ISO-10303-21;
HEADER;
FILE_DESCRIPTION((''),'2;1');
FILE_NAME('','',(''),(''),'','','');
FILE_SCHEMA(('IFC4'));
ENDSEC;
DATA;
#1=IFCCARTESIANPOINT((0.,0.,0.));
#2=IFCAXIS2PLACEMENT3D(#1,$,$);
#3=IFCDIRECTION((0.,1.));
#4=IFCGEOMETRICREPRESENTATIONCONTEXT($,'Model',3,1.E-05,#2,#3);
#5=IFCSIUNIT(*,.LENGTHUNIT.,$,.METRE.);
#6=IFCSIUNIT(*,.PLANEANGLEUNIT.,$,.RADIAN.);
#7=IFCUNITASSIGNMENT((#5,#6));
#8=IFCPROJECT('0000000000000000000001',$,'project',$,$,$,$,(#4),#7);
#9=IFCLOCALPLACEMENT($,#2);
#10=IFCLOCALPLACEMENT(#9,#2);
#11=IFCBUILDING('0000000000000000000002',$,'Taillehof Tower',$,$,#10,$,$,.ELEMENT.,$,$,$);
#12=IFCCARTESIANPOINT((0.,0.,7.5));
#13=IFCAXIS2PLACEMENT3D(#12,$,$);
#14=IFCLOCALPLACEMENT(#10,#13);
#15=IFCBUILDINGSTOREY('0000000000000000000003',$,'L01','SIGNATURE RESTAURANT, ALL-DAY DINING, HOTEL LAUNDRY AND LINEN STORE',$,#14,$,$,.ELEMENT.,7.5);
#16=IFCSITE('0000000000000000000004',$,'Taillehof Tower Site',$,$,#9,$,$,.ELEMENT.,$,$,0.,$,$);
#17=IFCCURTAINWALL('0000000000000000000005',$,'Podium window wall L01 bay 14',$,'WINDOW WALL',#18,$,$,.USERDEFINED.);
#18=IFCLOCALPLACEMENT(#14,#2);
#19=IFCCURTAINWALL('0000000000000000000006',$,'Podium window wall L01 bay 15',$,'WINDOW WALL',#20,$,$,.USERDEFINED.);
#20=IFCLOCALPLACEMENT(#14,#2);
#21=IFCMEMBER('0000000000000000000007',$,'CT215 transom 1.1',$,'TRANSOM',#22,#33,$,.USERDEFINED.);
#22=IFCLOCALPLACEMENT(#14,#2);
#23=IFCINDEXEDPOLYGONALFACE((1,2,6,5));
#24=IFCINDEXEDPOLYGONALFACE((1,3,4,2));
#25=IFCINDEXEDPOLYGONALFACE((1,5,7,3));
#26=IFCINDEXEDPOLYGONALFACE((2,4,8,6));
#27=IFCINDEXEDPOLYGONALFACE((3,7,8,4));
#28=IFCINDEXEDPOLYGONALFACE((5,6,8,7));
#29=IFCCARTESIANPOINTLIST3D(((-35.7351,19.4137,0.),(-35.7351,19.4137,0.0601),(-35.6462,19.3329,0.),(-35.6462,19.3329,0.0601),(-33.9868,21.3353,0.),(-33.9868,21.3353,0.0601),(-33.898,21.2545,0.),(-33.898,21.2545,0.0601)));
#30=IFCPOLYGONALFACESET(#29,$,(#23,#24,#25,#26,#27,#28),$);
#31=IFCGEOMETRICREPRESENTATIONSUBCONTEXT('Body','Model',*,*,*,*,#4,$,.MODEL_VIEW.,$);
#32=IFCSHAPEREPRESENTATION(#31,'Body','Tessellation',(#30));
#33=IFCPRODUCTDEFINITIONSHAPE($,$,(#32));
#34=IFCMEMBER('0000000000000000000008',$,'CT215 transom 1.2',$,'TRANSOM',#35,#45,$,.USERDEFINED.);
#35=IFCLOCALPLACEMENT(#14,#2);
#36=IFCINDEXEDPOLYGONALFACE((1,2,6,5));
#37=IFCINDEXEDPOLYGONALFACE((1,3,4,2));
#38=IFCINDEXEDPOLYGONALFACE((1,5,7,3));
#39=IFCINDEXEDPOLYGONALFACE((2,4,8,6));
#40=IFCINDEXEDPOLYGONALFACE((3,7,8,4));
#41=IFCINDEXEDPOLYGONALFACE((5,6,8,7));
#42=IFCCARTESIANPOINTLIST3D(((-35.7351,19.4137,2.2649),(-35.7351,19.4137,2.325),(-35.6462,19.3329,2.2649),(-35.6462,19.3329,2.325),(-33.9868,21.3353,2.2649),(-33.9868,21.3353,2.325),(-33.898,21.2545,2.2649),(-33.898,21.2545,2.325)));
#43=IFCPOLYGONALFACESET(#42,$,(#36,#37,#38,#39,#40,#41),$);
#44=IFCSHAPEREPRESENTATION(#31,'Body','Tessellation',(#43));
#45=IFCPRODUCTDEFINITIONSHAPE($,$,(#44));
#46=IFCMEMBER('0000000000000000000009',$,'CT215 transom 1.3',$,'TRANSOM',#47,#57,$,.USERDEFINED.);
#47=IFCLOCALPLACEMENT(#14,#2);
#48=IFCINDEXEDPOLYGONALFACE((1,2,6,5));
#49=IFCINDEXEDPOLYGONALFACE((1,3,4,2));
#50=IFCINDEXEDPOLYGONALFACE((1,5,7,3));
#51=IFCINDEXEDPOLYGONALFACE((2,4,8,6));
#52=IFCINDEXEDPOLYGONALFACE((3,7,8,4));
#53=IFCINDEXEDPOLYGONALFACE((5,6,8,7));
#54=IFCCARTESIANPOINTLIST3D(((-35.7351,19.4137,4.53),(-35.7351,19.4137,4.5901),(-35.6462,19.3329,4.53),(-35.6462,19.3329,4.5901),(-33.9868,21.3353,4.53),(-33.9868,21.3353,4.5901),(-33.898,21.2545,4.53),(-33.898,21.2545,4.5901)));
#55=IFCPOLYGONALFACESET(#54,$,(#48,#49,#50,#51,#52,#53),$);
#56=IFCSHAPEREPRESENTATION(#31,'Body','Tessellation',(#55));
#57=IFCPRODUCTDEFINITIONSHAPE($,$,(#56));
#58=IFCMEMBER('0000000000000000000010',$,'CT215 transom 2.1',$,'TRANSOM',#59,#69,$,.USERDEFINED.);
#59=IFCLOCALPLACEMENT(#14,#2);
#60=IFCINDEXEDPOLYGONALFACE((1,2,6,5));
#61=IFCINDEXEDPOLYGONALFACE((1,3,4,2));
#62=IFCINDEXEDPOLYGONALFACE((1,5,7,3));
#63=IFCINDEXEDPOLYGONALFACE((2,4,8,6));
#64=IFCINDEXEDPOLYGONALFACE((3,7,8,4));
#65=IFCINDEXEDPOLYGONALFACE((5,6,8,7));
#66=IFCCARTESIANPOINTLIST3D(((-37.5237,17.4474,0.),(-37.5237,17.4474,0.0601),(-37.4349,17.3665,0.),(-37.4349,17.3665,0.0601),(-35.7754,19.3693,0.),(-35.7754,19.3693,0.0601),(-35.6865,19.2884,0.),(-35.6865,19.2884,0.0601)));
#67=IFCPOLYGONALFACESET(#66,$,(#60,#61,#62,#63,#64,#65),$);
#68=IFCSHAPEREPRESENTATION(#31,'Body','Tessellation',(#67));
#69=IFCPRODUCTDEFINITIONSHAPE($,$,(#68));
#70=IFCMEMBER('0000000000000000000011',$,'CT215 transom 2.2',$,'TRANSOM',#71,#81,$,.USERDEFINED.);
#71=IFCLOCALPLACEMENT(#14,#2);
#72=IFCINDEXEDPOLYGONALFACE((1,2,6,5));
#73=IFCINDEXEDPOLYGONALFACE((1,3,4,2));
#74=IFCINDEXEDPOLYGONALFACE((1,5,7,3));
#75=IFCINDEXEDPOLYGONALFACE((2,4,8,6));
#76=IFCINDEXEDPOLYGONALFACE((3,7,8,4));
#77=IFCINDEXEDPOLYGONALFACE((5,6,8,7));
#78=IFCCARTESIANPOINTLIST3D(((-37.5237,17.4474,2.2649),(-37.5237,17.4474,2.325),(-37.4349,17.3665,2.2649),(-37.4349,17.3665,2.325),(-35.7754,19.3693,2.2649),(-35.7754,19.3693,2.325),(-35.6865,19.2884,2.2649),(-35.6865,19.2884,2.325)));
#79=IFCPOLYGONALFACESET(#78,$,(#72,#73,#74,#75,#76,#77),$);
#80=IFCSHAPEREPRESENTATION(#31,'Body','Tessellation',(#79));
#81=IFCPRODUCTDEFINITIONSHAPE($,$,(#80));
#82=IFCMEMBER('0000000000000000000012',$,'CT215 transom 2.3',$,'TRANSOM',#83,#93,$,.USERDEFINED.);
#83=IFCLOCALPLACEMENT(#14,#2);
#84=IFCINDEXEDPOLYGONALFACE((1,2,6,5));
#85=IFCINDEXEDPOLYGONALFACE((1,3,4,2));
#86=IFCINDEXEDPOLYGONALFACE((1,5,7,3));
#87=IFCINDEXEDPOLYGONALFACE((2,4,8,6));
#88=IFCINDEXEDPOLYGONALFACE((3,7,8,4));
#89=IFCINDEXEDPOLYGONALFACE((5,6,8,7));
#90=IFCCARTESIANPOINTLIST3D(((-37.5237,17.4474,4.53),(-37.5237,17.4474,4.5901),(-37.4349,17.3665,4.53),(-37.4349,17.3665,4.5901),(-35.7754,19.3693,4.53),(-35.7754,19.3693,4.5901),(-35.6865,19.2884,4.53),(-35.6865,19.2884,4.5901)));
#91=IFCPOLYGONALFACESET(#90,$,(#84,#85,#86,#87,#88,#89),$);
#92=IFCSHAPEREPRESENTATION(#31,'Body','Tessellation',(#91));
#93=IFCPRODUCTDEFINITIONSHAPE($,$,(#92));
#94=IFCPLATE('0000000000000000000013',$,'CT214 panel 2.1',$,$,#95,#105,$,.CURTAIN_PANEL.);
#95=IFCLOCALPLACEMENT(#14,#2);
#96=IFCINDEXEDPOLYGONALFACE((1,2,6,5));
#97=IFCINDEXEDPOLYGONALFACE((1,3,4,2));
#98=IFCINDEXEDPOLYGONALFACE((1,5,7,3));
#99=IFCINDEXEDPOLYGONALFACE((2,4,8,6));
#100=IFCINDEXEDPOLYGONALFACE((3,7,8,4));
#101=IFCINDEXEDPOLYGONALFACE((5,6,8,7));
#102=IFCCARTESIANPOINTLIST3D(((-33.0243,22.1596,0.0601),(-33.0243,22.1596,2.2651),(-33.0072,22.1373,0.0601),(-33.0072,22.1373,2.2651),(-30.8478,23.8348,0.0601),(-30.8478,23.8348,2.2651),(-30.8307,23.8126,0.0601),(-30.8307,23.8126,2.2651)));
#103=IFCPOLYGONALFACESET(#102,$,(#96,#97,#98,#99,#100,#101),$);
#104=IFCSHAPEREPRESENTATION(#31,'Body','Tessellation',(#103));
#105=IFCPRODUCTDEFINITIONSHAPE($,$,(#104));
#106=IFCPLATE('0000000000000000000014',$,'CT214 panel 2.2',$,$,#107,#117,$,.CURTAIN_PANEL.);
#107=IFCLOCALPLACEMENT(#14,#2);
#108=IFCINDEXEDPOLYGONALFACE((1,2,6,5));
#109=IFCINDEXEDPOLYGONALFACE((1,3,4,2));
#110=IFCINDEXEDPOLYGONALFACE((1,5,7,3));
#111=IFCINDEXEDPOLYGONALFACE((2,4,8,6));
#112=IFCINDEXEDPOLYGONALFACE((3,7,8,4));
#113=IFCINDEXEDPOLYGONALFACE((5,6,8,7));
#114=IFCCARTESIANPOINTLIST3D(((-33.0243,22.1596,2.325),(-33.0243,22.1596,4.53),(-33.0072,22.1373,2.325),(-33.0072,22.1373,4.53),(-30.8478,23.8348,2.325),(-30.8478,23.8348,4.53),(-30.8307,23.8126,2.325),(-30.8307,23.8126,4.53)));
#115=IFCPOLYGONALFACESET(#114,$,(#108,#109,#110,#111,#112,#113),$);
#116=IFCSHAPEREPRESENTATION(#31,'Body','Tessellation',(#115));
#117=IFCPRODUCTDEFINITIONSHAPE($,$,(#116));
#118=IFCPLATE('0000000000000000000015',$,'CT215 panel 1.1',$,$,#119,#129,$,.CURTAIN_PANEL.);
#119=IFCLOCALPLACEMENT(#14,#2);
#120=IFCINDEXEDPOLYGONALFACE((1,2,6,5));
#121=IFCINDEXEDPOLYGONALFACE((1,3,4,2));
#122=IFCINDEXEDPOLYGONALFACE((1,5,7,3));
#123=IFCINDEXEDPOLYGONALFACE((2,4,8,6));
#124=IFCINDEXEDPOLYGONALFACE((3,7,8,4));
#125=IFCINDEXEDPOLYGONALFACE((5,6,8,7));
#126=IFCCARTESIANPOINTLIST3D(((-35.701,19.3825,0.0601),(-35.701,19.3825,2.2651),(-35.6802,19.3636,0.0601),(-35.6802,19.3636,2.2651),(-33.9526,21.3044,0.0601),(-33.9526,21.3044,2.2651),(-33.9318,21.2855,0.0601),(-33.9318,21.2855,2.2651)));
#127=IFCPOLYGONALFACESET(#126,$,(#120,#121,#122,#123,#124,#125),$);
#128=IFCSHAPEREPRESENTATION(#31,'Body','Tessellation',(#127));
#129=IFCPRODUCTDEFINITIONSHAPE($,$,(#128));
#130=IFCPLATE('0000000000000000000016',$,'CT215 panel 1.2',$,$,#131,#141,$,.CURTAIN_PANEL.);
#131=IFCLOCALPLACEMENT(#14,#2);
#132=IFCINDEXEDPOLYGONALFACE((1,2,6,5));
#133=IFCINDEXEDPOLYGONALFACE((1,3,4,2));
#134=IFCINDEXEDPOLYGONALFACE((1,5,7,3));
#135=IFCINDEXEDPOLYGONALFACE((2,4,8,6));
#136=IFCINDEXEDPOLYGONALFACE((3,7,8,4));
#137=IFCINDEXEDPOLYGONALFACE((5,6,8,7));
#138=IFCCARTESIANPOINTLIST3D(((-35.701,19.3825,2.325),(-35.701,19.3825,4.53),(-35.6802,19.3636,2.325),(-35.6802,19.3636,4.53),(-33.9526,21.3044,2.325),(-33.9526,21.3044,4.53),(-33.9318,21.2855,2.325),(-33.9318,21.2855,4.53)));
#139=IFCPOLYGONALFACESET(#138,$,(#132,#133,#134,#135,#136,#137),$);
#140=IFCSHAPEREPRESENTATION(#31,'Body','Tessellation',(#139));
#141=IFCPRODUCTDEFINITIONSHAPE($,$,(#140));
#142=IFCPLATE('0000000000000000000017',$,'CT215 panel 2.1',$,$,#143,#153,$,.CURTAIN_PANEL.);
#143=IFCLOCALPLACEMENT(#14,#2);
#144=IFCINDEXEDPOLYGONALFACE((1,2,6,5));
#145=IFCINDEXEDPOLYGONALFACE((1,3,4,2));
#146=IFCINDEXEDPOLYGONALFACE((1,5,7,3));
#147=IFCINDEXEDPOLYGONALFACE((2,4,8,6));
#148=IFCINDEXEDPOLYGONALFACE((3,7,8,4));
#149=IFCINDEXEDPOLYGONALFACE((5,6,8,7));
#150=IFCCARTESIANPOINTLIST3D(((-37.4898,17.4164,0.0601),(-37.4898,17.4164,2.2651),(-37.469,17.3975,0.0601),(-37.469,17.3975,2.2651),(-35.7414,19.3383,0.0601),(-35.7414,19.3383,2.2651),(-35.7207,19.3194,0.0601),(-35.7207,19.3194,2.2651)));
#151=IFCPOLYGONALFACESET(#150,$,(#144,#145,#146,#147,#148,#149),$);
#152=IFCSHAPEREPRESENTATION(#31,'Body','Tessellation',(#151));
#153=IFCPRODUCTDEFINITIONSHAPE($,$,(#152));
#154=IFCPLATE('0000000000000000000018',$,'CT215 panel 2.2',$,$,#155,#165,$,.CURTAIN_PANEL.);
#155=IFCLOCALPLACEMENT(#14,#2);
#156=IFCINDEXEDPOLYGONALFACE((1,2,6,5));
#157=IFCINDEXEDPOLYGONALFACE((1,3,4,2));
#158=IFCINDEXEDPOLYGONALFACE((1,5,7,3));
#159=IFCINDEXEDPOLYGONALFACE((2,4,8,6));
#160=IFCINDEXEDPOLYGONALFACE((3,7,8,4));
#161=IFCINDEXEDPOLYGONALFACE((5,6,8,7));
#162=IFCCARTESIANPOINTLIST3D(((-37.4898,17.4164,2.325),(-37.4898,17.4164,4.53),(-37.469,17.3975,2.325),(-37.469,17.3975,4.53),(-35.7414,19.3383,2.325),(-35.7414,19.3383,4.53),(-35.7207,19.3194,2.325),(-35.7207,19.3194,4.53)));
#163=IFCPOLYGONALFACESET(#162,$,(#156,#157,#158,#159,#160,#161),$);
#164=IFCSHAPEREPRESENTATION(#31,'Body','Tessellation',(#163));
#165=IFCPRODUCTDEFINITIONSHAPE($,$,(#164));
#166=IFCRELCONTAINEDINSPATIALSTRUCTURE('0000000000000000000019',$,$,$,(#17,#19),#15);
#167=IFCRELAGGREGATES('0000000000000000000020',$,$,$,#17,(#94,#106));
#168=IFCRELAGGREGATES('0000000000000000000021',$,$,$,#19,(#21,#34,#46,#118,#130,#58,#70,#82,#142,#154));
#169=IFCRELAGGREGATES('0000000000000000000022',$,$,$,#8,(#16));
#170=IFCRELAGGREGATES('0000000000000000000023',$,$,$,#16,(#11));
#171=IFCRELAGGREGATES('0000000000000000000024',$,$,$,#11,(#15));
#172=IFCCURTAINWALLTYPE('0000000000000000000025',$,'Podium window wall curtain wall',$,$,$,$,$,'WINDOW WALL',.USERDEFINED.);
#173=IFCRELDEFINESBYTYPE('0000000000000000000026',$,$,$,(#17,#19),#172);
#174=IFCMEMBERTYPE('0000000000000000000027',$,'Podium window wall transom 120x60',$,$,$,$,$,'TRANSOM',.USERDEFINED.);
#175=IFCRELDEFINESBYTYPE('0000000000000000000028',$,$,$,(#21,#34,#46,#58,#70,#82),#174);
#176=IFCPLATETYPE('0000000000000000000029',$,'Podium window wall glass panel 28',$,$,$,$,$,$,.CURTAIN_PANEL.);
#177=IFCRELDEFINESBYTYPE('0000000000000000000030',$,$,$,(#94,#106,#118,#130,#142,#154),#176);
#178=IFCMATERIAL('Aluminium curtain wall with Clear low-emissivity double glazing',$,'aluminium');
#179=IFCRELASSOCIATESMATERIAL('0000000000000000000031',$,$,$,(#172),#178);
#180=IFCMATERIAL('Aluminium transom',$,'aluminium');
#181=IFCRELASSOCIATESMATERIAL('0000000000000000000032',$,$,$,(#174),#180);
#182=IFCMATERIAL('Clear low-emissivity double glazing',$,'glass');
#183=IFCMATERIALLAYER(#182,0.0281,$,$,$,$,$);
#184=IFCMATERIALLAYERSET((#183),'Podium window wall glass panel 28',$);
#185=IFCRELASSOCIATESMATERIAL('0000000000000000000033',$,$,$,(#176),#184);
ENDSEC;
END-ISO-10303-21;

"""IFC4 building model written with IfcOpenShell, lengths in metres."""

from ifc_helpers import new_model, si_unit, direction, frame, origin, origin_2d, place, context, subcontext, project, spatial, rectangle, extrude, material, layer, layer_set, material_profile, profile_set, type_object, element, aggregate, save


model = new_model("IFC4")

# Units and contexts
model_context = context("Model", 3, precision=1e-05, world=origin(), true_north=direction((0.0, 1.0)))
body_context = subcontext(model_context, "Body", "Model", "MODEL_VIEW")
ifc_project = project(units=[si_unit("LENGTHUNIT", "METRE"), si_unit("PLANEANGLEUNIT", "RADIAN")], contexts=[model_context])

# Site, building, storey
site_placement = place(None, origin())
site = spatial("IfcSite", under=ifc_project, at=site_placement, Name="Taillehof Tower Site", CompositionType="ELEMENT", RefElevation=0.0)
building_placement = place(site_placement, origin())
building = spatial("IfcBuilding", under=site, at=building_placement, Name="Taillehof Tower", CompositionType="ELEMENT")
storey_placement = place(building_placement, frame((0.0, 0.0, 7.5)))
storey = spatial("IfcBuildingStorey", under=building, at=storey_placement, Name="L01", Description="SIGNATURE RESTAURANT, ALL-DAY DINING, HOTEL LAUNDRY AND LINEN STORE", CompositionType="ELEMENT", Elevation=7.5)

# Curtain walls
ifc_material_1 = material(Name="Aluminium curtain wall with Clear low-emissivity double glazing", Category="aluminium")
curtain_wall_type = type_object("IfcCurtainWallType", Name="Podium window wall curtain wall", ElementType="WINDOW WALL", PredefinedType="USERDEFINED", material=ifc_material_1)
curtain_wall_1_placement = place(storey_placement, origin())
curtain_wall_1 = element("IfcCurtainWall", 1, at=curtain_wall_1_placement, inside=storey, type_object=curtain_wall_type, Name="Podium window wall L01 bay 14", ObjectType="WINDOW WALL", PredefinedType="USERDEFINED")
curtain_wall_2_placement = place(storey_placement, origin())
curtain_wall_2 = element("IfcCurtainWall", 2, at=curtain_wall_2_placement, inside=storey, type_object=curtain_wall_type, Name="Podium window wall L01 bay 15", ObjectType="WINDOW WALL", PredefinedType="USERDEFINED")

# Members
ifc_material_2 = material(Name="Aluminium transom", Category="aluminium")
ifc_material_profile_1 = material_profile(ifc_material_2, rectangle(XDim=0.1201, YDim=0.0601, at=origin_2d()), Name="AL 120x60")
ifc_profile_set_1 = profile_set([ifc_material_profile_1], Name="Aluminium transom")
member_type_1 = type_object("IfcMemberType", Name="Podium window wall transom 120x60", ElementType="TRANSOM", PredefinedType="USERDEFINED", material=ifc_profile_set_1)
member_1_placement = place(storey_placement, frame((-33.9424, 21.2949, 0.03), z_axis=(-0.672958, -0.739681, 0.0), x_axis=(0.739681, -0.672958, 0.0)))
member_1 = element("IfcMember", 3, at=member_1_placement, type_object=member_type_1, Name="CT215 transom 1.1", ObjectType="TRANSOM", PredefinedType="USERDEFINED", context=body_context, shape_type="SweptSolid", body=[
    extrude(rectangle(XDim=0.1201, YDim=0.0601, at=origin_2d()), origin(), (0.0, 0.0, 1.0), 2.5979),
])
member_2_placement = place(storey_placement, frame((-33.9424, 21.2949, 2.2949), z_axis=(-0.672958, -0.739681, 0.0), x_axis=(0.739681, -0.672958, 0.0)))
member_2 = element("IfcMember", 4, at=member_2_placement, type_object=member_type_1, Name="CT215 transom 1.2", ObjectType="TRANSOM", PredefinedType="USERDEFINED", context=body_context, shape_type="SweptSolid", body=[
    extrude(rectangle(XDim=0.1201, YDim=0.0601, at=origin_2d()), origin(), (0.0, 0.0, 1.0), 2.5979),
])
member_3_placement = place(storey_placement, frame((-33.9424, 21.2949, 4.5601), z_axis=(-0.672958, -0.739681, 0.0), x_axis=(0.739681, -0.672958, 0.0)))
member_3 = element("IfcMember", 5, at=member_3_placement, type_object=member_type_1, Name="CT215 transom 1.3", ObjectType="TRANSOM", PredefinedType="USERDEFINED", context=body_context, shape_type="SweptSolid", body=[
    extrude(rectangle(XDim=0.1201, YDim=0.0601, at=origin_2d()), origin(), (0.0, 0.0, 1.0), 2.5979),
])
member_4_placement = place(storey_placement, frame((-35.731, 19.3289, 0.03), z_axis=(-0.672911, -0.739723, 0.0), x_axis=(0.739723, -0.672911, 0.0)))
member_4 = element("IfcMember", 6, at=member_4_placement, type_object=member_type_1, Name="CT215 transom 2.1", ObjectType="TRANSOM", PredefinedType="USERDEFINED", context=body_context, shape_type="SweptSolid", body=[
    extrude(rectangle(XDim=0.1201, YDim=0.0601, at=origin_2d()), origin(), (0.0, 0.0, 1.0), 2.5981),
])
member_5_placement = place(storey_placement, frame((-35.731, 19.3289, 2.2949), z_axis=(-0.672911, -0.739723, 0.0), x_axis=(0.739723, -0.672911, 0.0)))
member_5 = element("IfcMember", 7, at=member_5_placement, type_object=member_type_1, Name="CT215 transom 2.2", ObjectType="TRANSOM", PredefinedType="USERDEFINED", context=body_context, shape_type="SweptSolid", body=[
    extrude(rectangle(XDim=0.1201, YDim=0.0601, at=origin_2d()), origin(), (0.0, 0.0, 1.0), 2.5981),
])
member_6_placement = place(storey_placement, frame((-35.731, 19.3289, 4.5601), z_axis=(-0.672911, -0.739723, 0.0), x_axis=(0.739723, -0.672911, 0.0)))
member_6 = element("IfcMember", 8, at=member_6_placement, type_object=member_type_1, Name="CT215 transom 2.3", ObjectType="TRANSOM", PredefinedType="USERDEFINED", context=body_context, shape_type="SweptSolid", body=[
    extrude(rectangle(XDim=0.1201, YDim=0.0601, at=origin_2d()), origin(), (0.0, 0.0, 1.0), 2.5981),
])

# Plates
ifc_material_3 = material(Name="Clear low-emissivity double glazing", Category="glass")
ifc_layer_1 = layer(ifc_material_3, 0.0281)
ifc_layer_set_1 = layer_set([ifc_layer_1], Name="Podium window wall glass panel 28")
plate_type = type_object("IfcPlateType", Name="Podium window wall glass panel 28", PredefinedType="CURTAIN_PANEL", material=ifc_layer_set_1)
plate_1_placement = place(storey_placement, frame((-31.9275, 22.9861, 0.0601), z_axis=(0.0, 0.0, 1.0), x_axis=(-0.792454, -0.609932, 0.0)))
plate_1 = element("IfcPlate", 9, at=plate_1_placement, type_object=plate_type, Name="CT214 panel 2.1", PredefinedType="CURTAIN_PANEL", context=body_context, shape_type="SweptSolid", body=[
    extrude(rectangle(XDim=2.7466, YDim=0.0281, at=origin_2d()), origin(), (0.0, 0.0, 1.0), 2.2051),
])
plate_2_placement = place(storey_placement, frame((-31.9275, 22.9861, 2.325), z_axis=(0.0, 0.0, 1.0), x_axis=(-0.792454, -0.609932, 0.0)))
plate_2 = element("IfcPlate", 10, at=plate_2_placement, type_object=plate_type, Name="CT214 panel 2.2", PredefinedType="CURTAIN_PANEL", context=body_context, shape_type="SweptSolid", body=[
    extrude(rectangle(XDim=2.7466, YDim=0.0281, at=origin_2d()), origin(), (0.0, 0.0, 1.0), 2.2051),
])
aggregate(curtain_wall_1, [plate_1, plate_2])
plate_3_placement = place(storey_placement, frame((-34.8164, 20.334, 0.0601), z_axis=(0.0, 0.0, 1.0), x_axis=(-0.672929, -0.739707, 0.0)))
plate_3 = element("IfcPlate", 11, at=plate_3_placement, type_object=plate_type, Name="CT215 panel 1.1", PredefinedType="CURTAIN_PANEL", context=body_context, shape_type="SweptSolid", body=[
    extrude(rectangle(XDim=2.5981, YDim=0.0281, at=origin_2d()), origin(), (0.0, 0.0, 1.0), 2.2051),
])
plate_4_placement = place(storey_placement, frame((-34.8164, 20.334, 2.325), z_axis=(0.0, 0.0, 1.0), x_axis=(-0.672929, -0.739707, 0.0)))
plate_4 = element("IfcPlate", 12, at=plate_4_placement, type_object=plate_type, Name="CT215 panel 1.2", PredefinedType="CURTAIN_PANEL", context=body_context, shape_type="SweptSolid", body=[
    extrude(rectangle(XDim=2.5981, YDim=0.0281, at=origin_2d()), origin(), (0.0, 0.0, 1.0), 2.2051),
])
plate_5_placement = place(storey_placement, frame((-36.6052, 18.3679, 0.0601), z_axis=(0.0, 0.0, 1.0), x_axis=(-0.672929, -0.739707, 0.0)))
plate_5 = element("IfcPlate", 13, at=plate_5_placement, type_object=plate_type, Name="CT215 panel 2.1", PredefinedType="CURTAIN_PANEL", context=body_context, shape_type="SweptSolid", body=[
    extrude(rectangle(XDim=2.5981, YDim=0.0281, at=origin_2d()), origin(), (0.0, 0.0, 1.0), 2.2051),
])
plate_6_placement = place(storey_placement, frame((-36.6052, 18.3679, 2.325), z_axis=(0.0, 0.0, 1.0), x_axis=(-0.672929, -0.739707, 0.0)))
plate_6 = element("IfcPlate", 14, at=plate_6_placement, type_object=plate_type, Name="CT215 panel 2.2", PredefinedType="CURTAIN_PANEL", context=body_context, shape_type="SweptSolid", body=[
    extrude(rectangle(XDim=2.5981, YDim=0.0281, at=origin_2d()), origin(), (0.0, 0.0, 1.0), 2.2051),
])
aggregate(curtain_wall_2, [member_1, member_2, member_3, plate_3, plate_4, member_4, member_5, member_6, plate_5, plate_6])

save(model, "model.ifc")
